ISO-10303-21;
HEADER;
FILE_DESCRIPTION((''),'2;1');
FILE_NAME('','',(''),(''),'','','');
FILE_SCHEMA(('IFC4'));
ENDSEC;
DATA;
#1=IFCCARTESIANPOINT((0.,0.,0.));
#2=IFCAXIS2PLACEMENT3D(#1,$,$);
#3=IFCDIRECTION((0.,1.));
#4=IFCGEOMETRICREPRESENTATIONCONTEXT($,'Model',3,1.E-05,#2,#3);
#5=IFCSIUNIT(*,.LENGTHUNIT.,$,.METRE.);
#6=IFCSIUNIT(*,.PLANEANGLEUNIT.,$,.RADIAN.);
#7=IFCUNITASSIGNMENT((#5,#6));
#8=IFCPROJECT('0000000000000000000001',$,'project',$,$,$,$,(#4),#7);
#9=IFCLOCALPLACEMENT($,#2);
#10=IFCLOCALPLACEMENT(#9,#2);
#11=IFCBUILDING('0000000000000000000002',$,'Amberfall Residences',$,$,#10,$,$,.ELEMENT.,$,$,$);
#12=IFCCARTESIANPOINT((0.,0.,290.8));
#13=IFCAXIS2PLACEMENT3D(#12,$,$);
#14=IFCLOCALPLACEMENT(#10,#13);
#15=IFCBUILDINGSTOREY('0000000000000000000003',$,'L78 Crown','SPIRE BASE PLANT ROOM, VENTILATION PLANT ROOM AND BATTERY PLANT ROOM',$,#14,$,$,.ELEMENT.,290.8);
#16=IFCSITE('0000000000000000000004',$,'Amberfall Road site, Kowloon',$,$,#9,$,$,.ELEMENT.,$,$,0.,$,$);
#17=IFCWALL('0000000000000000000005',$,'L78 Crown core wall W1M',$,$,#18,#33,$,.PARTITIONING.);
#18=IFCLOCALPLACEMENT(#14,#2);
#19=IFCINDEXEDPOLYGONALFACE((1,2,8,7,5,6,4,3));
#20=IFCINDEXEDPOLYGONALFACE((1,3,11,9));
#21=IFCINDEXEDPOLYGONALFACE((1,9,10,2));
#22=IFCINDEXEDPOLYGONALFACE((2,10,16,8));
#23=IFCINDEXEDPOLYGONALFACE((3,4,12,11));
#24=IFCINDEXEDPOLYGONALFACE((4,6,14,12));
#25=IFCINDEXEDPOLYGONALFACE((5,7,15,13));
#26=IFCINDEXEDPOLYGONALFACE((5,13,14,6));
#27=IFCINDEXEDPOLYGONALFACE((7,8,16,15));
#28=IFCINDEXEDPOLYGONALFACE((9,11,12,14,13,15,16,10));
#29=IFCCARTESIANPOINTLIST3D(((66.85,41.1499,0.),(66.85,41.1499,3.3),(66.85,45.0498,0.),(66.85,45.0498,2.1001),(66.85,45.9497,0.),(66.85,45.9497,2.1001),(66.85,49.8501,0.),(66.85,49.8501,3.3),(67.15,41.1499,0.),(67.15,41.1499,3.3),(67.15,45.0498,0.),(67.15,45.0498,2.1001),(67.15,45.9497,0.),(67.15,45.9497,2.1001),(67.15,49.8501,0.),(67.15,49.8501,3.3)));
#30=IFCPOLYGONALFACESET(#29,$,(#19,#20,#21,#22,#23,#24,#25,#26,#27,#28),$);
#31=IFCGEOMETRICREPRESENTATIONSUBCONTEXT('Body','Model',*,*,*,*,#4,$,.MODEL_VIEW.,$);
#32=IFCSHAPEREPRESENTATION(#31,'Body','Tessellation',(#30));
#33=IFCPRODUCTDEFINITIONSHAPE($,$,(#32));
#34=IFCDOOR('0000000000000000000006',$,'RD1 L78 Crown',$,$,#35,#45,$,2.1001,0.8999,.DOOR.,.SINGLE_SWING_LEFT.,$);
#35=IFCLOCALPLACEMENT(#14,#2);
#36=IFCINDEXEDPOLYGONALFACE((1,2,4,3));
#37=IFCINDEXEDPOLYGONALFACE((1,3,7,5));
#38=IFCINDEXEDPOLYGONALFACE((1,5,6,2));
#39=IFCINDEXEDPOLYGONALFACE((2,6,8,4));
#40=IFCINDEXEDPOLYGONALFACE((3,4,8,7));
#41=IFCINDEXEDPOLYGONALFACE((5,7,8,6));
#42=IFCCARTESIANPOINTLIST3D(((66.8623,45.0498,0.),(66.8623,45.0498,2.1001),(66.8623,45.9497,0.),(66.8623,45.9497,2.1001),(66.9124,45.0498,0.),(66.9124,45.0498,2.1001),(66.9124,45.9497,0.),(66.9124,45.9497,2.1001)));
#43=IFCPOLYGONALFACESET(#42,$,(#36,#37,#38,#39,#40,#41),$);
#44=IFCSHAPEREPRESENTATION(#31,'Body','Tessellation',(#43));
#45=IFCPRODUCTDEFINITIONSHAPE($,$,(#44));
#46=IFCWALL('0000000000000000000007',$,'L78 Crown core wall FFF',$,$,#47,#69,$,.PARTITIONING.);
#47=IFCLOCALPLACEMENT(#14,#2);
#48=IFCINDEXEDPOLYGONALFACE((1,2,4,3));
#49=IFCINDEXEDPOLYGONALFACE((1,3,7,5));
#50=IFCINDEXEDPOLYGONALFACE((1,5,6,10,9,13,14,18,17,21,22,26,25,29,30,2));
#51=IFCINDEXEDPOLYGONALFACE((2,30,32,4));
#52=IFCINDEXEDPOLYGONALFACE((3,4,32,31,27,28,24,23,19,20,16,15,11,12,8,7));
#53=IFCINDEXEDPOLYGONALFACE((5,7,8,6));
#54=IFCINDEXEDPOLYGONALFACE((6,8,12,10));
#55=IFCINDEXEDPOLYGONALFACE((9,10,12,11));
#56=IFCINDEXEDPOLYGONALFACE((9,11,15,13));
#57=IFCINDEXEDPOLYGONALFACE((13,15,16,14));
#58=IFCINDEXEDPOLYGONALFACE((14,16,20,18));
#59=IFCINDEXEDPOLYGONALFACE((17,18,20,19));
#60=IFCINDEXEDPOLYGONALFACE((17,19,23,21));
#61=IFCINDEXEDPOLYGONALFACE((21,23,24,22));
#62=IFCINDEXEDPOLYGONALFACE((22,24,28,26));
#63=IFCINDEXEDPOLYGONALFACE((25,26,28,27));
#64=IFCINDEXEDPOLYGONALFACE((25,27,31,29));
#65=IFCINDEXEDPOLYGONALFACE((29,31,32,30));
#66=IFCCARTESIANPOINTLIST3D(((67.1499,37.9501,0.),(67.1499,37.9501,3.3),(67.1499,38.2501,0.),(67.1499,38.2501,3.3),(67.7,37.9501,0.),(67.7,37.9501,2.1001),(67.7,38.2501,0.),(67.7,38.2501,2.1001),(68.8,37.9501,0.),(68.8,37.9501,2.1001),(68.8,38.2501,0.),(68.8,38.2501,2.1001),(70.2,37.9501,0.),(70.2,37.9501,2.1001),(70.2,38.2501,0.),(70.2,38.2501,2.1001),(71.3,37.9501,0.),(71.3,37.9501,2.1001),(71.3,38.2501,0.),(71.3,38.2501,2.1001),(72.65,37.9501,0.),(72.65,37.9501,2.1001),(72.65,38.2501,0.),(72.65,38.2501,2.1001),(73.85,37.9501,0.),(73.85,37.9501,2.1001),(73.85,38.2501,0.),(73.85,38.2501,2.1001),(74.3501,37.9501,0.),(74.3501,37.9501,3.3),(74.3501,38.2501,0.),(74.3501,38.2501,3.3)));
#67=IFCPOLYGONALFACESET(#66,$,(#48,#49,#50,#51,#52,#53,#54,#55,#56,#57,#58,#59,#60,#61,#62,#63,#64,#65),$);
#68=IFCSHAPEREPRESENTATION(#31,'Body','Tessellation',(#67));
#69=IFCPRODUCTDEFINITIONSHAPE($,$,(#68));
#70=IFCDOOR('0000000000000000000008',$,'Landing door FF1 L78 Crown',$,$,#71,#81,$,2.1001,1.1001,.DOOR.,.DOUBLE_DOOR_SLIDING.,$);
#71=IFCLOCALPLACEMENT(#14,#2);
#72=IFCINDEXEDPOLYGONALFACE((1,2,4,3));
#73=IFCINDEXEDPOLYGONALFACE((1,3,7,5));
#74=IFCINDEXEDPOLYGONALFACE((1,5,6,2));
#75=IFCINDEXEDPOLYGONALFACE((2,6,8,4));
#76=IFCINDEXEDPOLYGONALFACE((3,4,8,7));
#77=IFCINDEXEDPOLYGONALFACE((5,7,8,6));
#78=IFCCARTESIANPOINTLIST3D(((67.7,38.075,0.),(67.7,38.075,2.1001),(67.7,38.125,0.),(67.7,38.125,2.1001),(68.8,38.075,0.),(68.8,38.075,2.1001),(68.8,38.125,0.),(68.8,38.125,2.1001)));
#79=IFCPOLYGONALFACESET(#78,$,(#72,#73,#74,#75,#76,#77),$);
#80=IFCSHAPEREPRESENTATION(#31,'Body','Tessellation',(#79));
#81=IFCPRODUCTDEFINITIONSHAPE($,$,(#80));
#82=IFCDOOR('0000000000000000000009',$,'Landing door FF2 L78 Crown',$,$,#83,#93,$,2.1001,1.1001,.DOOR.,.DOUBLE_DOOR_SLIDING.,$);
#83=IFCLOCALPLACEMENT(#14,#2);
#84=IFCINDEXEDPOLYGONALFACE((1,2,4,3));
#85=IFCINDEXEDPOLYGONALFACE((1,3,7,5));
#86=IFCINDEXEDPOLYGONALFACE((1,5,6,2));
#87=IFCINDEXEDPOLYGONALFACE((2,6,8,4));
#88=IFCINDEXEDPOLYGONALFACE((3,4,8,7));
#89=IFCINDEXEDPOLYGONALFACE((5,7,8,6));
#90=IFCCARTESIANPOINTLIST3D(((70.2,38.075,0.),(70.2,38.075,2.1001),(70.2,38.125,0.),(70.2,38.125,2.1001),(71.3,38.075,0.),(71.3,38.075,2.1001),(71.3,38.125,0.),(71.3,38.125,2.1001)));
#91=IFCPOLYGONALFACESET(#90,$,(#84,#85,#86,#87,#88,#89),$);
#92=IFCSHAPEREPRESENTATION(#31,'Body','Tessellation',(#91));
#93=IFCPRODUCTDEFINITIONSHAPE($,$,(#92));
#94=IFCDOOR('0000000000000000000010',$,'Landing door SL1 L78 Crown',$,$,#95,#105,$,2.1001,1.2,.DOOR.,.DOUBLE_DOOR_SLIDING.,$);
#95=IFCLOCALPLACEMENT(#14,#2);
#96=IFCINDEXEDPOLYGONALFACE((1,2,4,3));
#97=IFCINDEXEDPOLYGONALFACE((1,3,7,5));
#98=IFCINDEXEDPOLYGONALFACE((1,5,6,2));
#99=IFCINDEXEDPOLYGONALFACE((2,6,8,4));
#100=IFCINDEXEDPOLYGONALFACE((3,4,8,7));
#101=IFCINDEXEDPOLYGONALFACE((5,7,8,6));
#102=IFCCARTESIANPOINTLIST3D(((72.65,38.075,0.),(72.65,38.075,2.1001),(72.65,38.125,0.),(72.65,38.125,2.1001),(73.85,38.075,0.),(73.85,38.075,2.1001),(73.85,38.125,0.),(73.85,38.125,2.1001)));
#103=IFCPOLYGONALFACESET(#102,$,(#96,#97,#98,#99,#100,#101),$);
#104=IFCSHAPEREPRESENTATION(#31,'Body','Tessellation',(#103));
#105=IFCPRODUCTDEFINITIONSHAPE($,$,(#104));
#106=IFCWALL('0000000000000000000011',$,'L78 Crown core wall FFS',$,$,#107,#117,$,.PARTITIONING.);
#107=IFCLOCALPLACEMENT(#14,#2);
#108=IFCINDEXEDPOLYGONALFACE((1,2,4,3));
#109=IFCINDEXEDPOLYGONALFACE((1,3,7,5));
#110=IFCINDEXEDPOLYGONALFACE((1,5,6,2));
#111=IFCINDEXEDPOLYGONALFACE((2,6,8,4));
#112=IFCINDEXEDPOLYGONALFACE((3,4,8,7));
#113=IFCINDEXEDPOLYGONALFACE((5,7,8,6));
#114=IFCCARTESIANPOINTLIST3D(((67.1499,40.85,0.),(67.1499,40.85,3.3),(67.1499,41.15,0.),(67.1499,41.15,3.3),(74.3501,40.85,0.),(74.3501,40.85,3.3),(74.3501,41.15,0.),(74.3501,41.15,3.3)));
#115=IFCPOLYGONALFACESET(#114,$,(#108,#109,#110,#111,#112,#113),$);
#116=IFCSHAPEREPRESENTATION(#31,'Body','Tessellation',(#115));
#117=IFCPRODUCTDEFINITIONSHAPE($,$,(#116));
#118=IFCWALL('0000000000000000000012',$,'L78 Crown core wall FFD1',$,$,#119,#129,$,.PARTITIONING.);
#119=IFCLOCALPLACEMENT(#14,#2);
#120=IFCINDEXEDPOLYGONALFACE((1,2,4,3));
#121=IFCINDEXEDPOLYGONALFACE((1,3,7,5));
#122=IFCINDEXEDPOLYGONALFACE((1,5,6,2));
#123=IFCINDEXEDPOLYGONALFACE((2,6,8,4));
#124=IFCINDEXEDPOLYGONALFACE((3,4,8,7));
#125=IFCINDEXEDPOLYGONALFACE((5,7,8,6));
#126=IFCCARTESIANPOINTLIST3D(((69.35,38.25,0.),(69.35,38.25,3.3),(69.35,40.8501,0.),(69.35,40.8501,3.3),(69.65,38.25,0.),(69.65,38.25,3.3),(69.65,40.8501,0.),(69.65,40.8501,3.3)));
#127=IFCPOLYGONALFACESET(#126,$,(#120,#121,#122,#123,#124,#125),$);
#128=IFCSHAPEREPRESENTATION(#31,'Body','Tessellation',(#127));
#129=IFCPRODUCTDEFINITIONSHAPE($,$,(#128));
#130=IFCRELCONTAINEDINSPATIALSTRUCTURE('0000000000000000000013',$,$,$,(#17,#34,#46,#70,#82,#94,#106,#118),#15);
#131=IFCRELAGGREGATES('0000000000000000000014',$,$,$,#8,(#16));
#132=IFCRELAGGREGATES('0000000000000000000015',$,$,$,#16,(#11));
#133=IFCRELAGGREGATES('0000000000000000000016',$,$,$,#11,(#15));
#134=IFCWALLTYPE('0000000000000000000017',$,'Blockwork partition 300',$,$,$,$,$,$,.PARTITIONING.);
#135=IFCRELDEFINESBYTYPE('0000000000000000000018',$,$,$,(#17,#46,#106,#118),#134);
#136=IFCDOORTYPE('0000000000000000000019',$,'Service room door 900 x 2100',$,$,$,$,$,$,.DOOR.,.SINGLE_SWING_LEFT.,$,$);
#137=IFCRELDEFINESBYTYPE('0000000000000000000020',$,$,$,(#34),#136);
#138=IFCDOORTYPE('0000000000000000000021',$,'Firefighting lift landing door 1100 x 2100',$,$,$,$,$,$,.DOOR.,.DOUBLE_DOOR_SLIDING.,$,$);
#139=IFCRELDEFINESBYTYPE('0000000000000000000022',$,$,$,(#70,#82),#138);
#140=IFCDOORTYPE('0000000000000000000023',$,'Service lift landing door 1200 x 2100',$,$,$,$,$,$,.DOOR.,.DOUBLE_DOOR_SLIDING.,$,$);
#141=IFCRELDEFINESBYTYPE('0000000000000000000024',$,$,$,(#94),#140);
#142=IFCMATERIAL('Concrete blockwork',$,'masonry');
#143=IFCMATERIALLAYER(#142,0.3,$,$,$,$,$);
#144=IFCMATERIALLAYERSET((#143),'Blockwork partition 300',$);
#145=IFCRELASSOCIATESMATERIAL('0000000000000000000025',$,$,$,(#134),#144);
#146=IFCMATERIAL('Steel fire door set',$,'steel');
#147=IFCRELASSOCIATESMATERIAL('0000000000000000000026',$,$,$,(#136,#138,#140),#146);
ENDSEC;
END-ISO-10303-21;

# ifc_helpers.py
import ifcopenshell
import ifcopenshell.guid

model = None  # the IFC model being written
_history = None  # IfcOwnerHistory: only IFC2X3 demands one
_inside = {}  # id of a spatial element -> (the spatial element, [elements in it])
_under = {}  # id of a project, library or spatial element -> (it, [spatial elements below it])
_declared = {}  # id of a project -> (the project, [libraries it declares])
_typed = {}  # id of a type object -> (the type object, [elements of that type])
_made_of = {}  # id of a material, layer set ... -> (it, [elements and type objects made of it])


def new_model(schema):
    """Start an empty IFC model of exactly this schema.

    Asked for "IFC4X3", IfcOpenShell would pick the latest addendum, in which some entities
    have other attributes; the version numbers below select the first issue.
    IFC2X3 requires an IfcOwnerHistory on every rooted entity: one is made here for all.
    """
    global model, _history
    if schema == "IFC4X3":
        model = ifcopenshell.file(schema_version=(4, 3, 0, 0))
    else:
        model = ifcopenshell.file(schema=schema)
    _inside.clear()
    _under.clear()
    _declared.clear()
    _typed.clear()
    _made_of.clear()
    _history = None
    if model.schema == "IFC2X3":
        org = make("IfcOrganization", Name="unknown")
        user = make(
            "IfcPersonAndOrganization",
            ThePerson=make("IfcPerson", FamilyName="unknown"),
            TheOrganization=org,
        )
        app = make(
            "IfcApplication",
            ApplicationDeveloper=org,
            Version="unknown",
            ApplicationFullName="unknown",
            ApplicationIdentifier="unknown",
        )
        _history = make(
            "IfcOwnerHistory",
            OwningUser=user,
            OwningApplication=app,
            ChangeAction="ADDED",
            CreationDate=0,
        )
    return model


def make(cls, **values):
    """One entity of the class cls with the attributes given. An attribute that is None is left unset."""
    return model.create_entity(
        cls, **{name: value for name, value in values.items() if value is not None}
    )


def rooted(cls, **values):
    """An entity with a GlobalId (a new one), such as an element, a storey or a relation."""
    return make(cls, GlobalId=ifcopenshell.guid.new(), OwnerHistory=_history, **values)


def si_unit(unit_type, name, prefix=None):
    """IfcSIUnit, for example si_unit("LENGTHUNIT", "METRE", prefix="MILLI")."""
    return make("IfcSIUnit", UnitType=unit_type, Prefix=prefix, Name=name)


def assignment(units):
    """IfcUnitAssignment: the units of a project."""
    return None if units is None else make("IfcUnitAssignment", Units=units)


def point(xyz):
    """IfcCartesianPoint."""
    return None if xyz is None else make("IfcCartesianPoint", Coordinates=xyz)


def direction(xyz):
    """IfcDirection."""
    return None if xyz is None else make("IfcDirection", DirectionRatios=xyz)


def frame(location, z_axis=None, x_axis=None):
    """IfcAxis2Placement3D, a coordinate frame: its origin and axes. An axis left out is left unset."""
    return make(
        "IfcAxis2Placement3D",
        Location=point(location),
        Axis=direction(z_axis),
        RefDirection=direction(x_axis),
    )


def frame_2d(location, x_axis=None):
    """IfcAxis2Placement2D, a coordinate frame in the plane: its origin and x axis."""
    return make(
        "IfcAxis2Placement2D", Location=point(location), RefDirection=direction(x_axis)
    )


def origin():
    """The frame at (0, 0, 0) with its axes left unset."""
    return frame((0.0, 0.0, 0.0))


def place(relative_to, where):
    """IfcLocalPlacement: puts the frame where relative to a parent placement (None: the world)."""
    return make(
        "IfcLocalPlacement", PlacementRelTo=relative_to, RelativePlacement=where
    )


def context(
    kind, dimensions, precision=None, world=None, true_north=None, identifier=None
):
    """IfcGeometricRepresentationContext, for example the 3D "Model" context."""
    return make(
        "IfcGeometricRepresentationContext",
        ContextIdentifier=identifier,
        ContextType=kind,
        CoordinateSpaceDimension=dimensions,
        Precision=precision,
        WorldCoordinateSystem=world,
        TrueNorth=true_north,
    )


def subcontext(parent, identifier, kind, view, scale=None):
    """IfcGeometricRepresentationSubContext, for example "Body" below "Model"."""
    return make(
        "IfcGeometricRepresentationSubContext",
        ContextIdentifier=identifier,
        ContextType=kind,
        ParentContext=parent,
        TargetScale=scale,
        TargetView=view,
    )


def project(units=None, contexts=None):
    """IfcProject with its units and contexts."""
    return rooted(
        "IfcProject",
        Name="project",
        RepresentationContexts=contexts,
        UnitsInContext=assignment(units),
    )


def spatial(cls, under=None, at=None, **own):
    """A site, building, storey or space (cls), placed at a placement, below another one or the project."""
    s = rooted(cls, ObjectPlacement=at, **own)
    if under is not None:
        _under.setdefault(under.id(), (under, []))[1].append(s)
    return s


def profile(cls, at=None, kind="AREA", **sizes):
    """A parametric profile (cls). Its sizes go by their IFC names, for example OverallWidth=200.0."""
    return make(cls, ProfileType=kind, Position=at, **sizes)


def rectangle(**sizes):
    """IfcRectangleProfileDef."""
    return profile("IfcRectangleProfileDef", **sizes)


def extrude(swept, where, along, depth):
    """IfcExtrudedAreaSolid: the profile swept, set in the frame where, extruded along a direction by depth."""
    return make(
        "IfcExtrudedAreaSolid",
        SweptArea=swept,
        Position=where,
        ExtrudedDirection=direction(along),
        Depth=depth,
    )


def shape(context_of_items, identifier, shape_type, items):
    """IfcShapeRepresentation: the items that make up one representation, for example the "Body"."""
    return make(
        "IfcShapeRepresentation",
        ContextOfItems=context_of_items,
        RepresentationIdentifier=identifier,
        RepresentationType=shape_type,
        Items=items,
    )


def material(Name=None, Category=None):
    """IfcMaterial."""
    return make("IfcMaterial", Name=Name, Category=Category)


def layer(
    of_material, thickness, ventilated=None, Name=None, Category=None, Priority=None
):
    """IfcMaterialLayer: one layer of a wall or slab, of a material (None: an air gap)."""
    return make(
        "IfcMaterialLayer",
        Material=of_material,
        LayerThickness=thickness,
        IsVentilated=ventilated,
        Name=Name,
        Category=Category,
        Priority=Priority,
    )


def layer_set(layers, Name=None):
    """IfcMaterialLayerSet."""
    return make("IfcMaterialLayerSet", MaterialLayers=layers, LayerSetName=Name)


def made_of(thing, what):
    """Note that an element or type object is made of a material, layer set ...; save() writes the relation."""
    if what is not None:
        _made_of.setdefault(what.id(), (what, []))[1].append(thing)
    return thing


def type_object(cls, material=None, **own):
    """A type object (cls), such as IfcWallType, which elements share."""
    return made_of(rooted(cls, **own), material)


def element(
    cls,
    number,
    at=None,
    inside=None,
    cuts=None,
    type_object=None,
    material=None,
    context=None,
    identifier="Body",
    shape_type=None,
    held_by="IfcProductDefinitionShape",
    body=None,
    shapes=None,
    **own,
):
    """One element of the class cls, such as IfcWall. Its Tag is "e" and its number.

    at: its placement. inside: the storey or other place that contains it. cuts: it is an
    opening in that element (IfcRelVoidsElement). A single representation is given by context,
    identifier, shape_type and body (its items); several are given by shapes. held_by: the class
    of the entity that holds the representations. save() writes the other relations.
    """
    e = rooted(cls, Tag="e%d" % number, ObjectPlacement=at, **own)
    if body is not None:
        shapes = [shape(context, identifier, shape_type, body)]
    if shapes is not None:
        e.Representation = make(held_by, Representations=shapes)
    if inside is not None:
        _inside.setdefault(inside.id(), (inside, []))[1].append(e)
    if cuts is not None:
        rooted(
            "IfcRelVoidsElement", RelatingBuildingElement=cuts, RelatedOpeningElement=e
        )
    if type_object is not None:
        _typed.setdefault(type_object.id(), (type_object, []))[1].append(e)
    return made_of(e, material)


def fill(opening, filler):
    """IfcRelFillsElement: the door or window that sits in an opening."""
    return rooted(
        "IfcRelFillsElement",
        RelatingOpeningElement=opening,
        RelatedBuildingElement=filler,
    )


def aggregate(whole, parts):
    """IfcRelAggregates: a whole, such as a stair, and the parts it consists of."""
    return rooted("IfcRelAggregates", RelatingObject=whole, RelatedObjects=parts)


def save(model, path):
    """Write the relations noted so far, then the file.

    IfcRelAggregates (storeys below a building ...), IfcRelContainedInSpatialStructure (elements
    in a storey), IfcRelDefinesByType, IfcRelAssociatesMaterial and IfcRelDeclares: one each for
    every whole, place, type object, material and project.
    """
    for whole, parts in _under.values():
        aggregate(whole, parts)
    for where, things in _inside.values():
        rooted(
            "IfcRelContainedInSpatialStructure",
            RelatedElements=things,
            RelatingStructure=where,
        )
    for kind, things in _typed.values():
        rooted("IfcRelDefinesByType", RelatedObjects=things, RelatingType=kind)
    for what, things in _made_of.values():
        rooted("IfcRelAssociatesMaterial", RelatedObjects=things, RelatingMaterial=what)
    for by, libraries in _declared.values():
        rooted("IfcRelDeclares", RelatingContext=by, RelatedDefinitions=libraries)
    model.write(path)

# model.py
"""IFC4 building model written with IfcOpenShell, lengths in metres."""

from ifc_helpers import new_model, si_unit, direction, frame, frame_2d, origin, place, context, subcontext, project, spatial, rectangle, extrude, material, layer, layer_set, type_object, element, fill, save


model = new_model("IFC4")

# Units and contexts
model_context = context("Model", 3, precision=1e-05, world=origin(), true_north=direction((0.0, 1.0)))
body_context = subcontext(model_context, "Body", "Model", "MODEL_VIEW")
ifc_project = project(units=[si_unit("LENGTHUNIT", "METRE"), si_unit("PLANEANGLEUNIT", "RADIAN")], contexts=[model_context])

# Site, building, storey
site_placement = place(None, origin())
site = spatial("IfcSite", under=ifc_project, at=site_placement, Name="Amberfall Road site, Kowloon", CompositionType="ELEMENT", RefElevation=0.0)
building_placement = place(site_placement, origin())
building = spatial("IfcBuilding", under=site, at=building_placement, Name="Amberfall Residences", CompositionType="ELEMENT")
storey_placement = place(building_placement, frame((0.0, 0.0, 290.8)))
storey = spatial("IfcBuildingStorey", under=building, at=storey_placement, Name="L78 Crown", Description="SPIRE BASE PLANT ROOM, VENTILATION PLANT ROOM AND BATTERY PLANT ROOM", CompositionType="ELEMENT", Elevation=290.8)

# Wall, opening, door
ifc_material_1 = material(Name="Concrete blockwork", Category="masonry")
ifc_layer_1 = layer(ifc_material_1, 0.3)
ifc_layer_set_1 = layer_set([ifc_layer_1], Name="Blockwork partition 300")
wall_type_1 = type_object("IfcWallType", Name="Blockwork partition 300", PredefinedType="PARTITIONING", material=ifc_layer_set_1)
wall_1_placement = place(storey_placement, frame((67.0, 41.1499, 0.0), z_axis=(0.0, 0.0, 1.0), x_axis=(0.0, 1.0, 0.0)))
wall_1 = element("IfcWall", 1, at=wall_1_placement, inside=storey, type_object=wall_type_1, Name="L78 Crown core wall W1M", PredefinedType="PARTITIONING", context=body_context, shape_type="SweptSolid", body=[
    extrude(rectangle(XDim=8.7002, YDim=0.3, at=frame_2d((4.3501, 0.0))), origin(), (0.0, 0.0, 1.0), 3.3),
])
opening_1_placement = place(wall_1_placement, frame((3.8999, 0.0, 0.0)))
opening_1 = element("IfcOpeningElement", 2, at=opening_1_placement, cuts=wall_1, PredefinedType="OPENING", context=body_context, shape_type="SweptSolid", body=[
    extrude(rectangle(XDim=0.8999, YDim=2.1001, at=frame_2d((0.45, 1.05))), frame((0.0, 0.1599, 0.0), z_axis=(0.0, -1.0, 0.0), x_axis=(1.0, 0.0, 0.0)), (0.0, 0.0, 1.0), 0.3201),
])
ifc_material_2 = material(Name="Steel fire door set", Category="steel")
door_type_1 = type_object("IfcDoorType", Name="Service room door 900 x 2100", OperationType="SINGLE_SWING_LEFT", PredefinedType="DOOR", material=ifc_material_2)
door_1_placement = place(opening_1_placement, origin())
door_1 = element("IfcDoor", 3, at=door_1_placement, inside=storey, type_object=door_type_1, Name="RD1 L78 Crown", OperationType="SINGLE_SWING_LEFT", OverallHeight=2.1001, OverallWidth=0.8999, PredefinedType="DOOR", context=body_context, shape_type="SweptSolid", body=[
    extrude(rectangle(XDim=0.8999, YDim=2.1001, at=frame_2d((0.45, 1.05))), frame((0.0, 0.1377, 0.0), z_axis=(0.0, -1.0, 0.0), x_axis=(1.0, 0.0, 0.0)), (0.0, 0.0, 1.0), 0.05),
])
fill(opening_1, door_1)

# Wall, openings, doors
wall_2_placement = place(storey_placement, frame((67.1499, 38.1001, 0.0), z_axis=(0.0, 0.0, 1.0), x_axis=(1.0, 0.0, 0.0)))
wall_2 = element("IfcWall", 4, at=wall_2_placement, inside=storey, type_object=wall_type_1, Name="L78 Crown core wall FFF", PredefinedType="PARTITIONING", context=body_context, shape_type="SweptSolid", body=[
    extrude(rectangle(XDim=7.2002, YDim=0.3, at=frame_2d((3.6001, 0.0))), origin(), (0.0, 0.0, 1.0), 3.3),
])
opening_2_placement = place(wall_2_placement, frame((0.55, 0.0, 0.0)))
opening_2 = element("IfcOpeningElement", 5, at=opening_2_placement, cuts=wall_2, PredefinedType="OPENING", context=body_context, shape_type="SweptSolid", body=[
    extrude(rectangle(XDim=1.1001, YDim=2.1001, at=frame_2d((0.55, 1.05))), frame((0.0, 0.1599, 0.0), z_axis=(0.0, -1.0, 0.0), x_axis=(1.0, 0.0, 0.0)), (0.0, 0.0, 1.0), 0.3201),
])
opening_3_placement = place(wall_2_placement, frame((3.05, 0.0, 0.0)))
opening_3 = element("IfcOpeningElement", 6, at=opening_3_placement, cuts=wall_2, PredefinedType="OPENING", context=body_context, shape_type="SweptSolid", body=[
    extrude(rectangle(XDim=1.1001, YDim=2.1001, at=frame_2d((0.55, 1.05))), frame((0.0, 0.1599, 0.0), z_axis=(0.0, -1.0, 0.0), x_axis=(1.0, 0.0, 0.0)), (0.0, 0.0, 1.0), 0.3201),
])
opening_4_placement = place(wall_2_placement, frame((5.5, 0.0, 0.0)))
opening_4 = element("IfcOpeningElement", 7, at=opening_4_placement, cuts=wall_2, PredefinedType="OPENING", context=body_context, shape_type="SweptSolid", body=[
    extrude(rectangle(XDim=1.2, YDim=2.1001, at=frame_2d((0.6001, 1.05))), frame((0.0, 0.1599, 0.0), z_axis=(0.0, -1.0, 0.0), x_axis=(1.0, 0.0, 0.0)), (0.0, 0.0, 1.0), 0.3201),
])
door_type_2 = type_object("IfcDoorType", Name="Firefighting lift landing door 1100 x 2100", OperationType="DOUBLE_DOOR_SLIDING", PredefinedType="DOOR", material=ifc_material_2)
door_2_placement = place(opening_2_placement, origin())
door_2 = element("IfcDoor", 8, at=door_2_placement, inside=storey, type_object=door_type_2, Name="Landing door FF1 L78 Crown", OperationType="DOUBLE_DOOR_SLIDING", OverallHeight=2.1001, OverallWidth=1.1001, PredefinedType="DOOR", context=body_context, shape_type="SweptSolid", body=[
    extrude(rectangle(XDim=1.1001, YDim=2.1001, at=frame_2d((0.55, 1.05))), frame((0.0, 0.0249, 0.0), z_axis=(0.0, -1.0, 0.0), x_axis=(1.0, 0.0, 0.0)), (0.0, 0.0, 1.0), 0.05),
])
fill(opening_2, door_2)
door_3_placement = place(opening_3_placement, origin())
door_3 = element("IfcDoor", 9, at=door_3_placement, inside=storey, type_object=door_type_2, Name="Landing door FF2 L78 Crown", OperationType="DOUBLE_DOOR_SLIDING", OverallHeight=2.1001, OverallWidth=1.1001, PredefinedType="DOOR", context=body_context, shape_type="SweptSolid", body=[
    extrude(rectangle(XDim=1.1001, YDim=2.1001, at=frame_2d((0.55, 1.05))), frame((0.0, 0.0249, 0.0), z_axis=(0.0, -1.0, 0.0), x_axis=(1.0, 0.0, 0.0)), (0.0, 0.0, 1.0), 0.05),
])
fill(opening_3, door_3)
door_type_3 = type_object("IfcDoorType", Name="Service lift landing door 1200 x 2100", OperationType="DOUBLE_DOOR_SLIDING", PredefinedType="DOOR", material=ifc_material_2)
door_4_placement = place(opening_4_placement, origin())
door_4 = element("IfcDoor", 10, at=door_4_placement, inside=storey, type_object=door_type_3, Name="Landing door SL1 L78 Crown", OperationType="DOUBLE_DOOR_SLIDING", OverallHeight=2.1001, OverallWidth=1.2, PredefinedType="DOOR", context=body_context, shape_type="SweptSolid", body=[
    extrude(rectangle(XDim=1.2, YDim=2.1001, at=frame_2d((0.6001, 1.05))), frame((0.0, 0.0249, 0.0), z_axis=(0.0, -1.0, 0.0), x_axis=(1.0, 0.0, 0.0)), (0.0, 0.0, 1.0), 0.05),
])
fill(opening_4, door_4)

# Walls
wall_3_placement = place(storey_placement, frame((67.1499, 41.0, 0.0), z_axis=(0.0, 0.0, 1.0), x_axis=(1.0, 0.0, 0.0)))
element("IfcWall", 11, at=wall_3_placement, inside=storey, type_object=wall_type_1, Name="L78 Crown core wall FFS", PredefinedType="PARTITIONING", context=body_context, shape_type="SweptSolid", body=[
    extrude(rectangle(XDim=7.2002, YDim=0.3, at=frame_2d((3.6001, 0.0))), origin(), (0.0, 0.0, 1.0), 3.3),
])
wall_4_placement = place(storey_placement, frame((69.5, 38.25, 0.0), z_axis=(0.0, 0.0, 1.0), x_axis=(0.0, 1.0, 0.0)))
element("IfcWall", 12, at=wall_4_placement, inside=storey, type_object=wall_type_1, Name="L78 Crown core wall FFD1", PredefinedType="PARTITIONING", context=body_context, shape_type="SweptSolid", body=[
    extrude(rectangle(XDim=2.6001, YDim=0.3, at=frame_2d((1.3, 0.0))), origin(), (0.0, 0.0, 1.0), 3.3),
])

save(model, "model.ifc")
